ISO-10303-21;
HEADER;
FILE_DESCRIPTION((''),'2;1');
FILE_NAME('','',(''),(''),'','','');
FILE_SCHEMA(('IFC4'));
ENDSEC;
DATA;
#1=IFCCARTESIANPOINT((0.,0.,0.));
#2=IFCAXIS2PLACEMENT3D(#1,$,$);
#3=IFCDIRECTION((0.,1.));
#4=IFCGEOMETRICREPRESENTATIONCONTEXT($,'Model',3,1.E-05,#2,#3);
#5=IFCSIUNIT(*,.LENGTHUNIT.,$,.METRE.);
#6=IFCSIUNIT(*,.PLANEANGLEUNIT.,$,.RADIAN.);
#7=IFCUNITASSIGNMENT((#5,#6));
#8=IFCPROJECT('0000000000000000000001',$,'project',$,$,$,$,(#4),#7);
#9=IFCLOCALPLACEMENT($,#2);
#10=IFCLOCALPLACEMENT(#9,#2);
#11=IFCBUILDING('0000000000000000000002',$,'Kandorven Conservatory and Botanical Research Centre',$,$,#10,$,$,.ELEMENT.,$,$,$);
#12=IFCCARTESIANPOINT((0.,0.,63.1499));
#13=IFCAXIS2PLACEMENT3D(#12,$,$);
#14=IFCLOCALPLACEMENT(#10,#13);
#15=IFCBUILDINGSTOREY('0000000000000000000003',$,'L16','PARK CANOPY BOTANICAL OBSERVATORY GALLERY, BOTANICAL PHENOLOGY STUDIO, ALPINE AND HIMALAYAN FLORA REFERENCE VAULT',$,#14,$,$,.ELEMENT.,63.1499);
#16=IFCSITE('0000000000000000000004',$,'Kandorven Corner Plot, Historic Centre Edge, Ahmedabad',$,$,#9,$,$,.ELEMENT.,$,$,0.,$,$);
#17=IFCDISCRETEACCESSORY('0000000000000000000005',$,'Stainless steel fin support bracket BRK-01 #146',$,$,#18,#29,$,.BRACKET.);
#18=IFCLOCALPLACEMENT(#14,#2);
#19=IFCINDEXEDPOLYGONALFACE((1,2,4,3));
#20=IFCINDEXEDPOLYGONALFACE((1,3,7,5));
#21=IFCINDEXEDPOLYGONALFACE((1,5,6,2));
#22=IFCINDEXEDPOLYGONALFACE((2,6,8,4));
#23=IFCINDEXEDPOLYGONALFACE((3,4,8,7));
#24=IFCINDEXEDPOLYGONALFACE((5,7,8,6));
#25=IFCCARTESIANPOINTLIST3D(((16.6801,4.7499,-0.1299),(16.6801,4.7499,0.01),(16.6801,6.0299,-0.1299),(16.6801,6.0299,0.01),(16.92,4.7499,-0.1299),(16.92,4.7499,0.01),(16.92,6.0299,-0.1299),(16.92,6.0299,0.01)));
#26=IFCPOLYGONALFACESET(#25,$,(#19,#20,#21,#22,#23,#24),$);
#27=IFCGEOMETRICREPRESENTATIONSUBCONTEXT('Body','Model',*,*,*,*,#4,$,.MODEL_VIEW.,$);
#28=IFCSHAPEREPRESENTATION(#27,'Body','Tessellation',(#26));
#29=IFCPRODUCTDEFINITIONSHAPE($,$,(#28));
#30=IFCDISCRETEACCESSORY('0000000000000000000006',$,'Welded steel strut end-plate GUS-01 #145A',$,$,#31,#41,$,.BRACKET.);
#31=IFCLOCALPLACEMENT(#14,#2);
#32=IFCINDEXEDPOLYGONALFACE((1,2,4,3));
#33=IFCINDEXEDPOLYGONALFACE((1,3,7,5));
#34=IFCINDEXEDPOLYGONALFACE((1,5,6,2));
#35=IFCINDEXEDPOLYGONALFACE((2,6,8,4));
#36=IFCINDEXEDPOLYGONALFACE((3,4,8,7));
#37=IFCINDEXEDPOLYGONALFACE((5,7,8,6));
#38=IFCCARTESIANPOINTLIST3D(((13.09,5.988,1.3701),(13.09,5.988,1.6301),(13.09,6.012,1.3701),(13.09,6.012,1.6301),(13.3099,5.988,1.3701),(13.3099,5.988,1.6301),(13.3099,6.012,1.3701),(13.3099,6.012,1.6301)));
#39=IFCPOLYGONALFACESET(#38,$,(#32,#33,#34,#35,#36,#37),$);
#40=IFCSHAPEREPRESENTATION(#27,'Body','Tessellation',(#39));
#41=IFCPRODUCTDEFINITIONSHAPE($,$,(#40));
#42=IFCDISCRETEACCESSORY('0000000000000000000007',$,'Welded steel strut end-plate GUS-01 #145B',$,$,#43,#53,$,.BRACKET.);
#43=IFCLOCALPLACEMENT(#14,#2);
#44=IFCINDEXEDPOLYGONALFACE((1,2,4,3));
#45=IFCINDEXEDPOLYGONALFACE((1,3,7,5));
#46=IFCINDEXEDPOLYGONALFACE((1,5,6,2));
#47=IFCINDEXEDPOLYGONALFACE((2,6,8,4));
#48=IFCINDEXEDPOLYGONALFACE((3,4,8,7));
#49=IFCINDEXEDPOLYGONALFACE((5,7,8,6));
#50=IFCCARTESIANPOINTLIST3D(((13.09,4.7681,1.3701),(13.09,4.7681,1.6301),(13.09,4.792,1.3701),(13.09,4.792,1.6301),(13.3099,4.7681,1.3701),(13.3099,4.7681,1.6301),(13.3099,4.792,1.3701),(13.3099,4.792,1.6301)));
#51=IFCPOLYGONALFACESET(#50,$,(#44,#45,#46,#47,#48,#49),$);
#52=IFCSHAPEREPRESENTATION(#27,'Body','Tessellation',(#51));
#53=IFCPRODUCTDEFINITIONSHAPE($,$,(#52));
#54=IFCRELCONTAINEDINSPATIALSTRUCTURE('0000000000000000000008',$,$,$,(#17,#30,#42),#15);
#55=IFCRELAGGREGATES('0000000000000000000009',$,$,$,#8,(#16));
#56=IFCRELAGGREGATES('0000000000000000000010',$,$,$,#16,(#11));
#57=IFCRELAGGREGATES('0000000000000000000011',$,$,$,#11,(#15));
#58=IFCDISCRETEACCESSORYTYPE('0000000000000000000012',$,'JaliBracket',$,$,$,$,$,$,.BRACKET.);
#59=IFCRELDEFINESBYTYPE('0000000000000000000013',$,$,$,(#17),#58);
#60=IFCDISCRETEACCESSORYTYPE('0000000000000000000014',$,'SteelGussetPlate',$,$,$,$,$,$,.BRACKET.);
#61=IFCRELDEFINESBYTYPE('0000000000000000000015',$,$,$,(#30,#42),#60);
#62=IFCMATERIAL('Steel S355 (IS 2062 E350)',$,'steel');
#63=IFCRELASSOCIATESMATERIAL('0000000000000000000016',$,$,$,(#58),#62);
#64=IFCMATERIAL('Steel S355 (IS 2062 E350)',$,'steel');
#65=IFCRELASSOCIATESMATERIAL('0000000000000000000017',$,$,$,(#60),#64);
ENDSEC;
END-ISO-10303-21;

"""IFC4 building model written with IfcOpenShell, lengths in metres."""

from ifc_helpers import new_model, si_unit, direction, frame, origin, origin_2d, place, context, subcontext, project, spatial, rectangle, extrude, material, type_object, element, save


model = new_model("IFC4")

# Units and contexts
model_context = context("Model", 3, precision=1e-05, world=origin(), true_north=direction((0.0, 1.0)))
body_context = subcontext(model_context, "Body", "Model", "MODEL_VIEW")
ifc_project = project(units=[si_unit("LENGTHUNIT", "METRE"), si_unit("PLANEANGLEUNIT", "RADIAN")], contexts=[model_context])

# Site, building, storey
site_placement = place(None, origin())
site = spatial("IfcSite", under=ifc_project, at=site_placement, Name="Kandorven Corner Plot, Historic Centre Edge, Ahmedabad", CompositionType="ELEMENT", RefElevation=0.0)
building_placement = place(site_placement, origin())
building = spatial("IfcBuilding", under=site, at=building_placement, Name="Kandorven Conservatory and Botanical Research Centre", CompositionType="ELEMENT")
storey_placement = place(building_placement, frame((0.0, 0.0, 63.1499)))
storey = spatial("IfcBuildingStorey", under=building, at=storey_placement, Name="L16", Description="PARK CANOPY BOTANICAL OBSERVATORY GALLERY, BOTANICAL PHENOLOGY STUDIO, ALPINE AND HIMALAYAN FLORA REFERENCE VAULT", CompositionType="ELEMENT", Elevation=63.1499)

# Discrete accessories
ifc_material_1 = material(Name="Steel S355 (IS 2062 E350)", Category="steel")
discrete_accessory_type_1 = type_object("IfcDiscreteAccessoryType", Name="JaliBracket", PredefinedType="BRACKET", material=ifc_material_1)
discrete_accessory_placement = place(storey_placement, frame((16.8, 5.3899, -0.1299), z_axis=(0.0, 0.0, 1.0), x_axis=(1.0, 0.0, 0.0)))
element("IfcDiscreteAccessory", 1, at=discrete_accessory_placement, inside=storey, type_object=discrete_accessory_type_1, Name="Stainless steel fin support bracket BRK-01 #146", PredefinedType="BRACKET", context=body_context, shape_type="SweptSolid", body=[
    extrude(rectangle(XDim=0.24, YDim=1.28, at=origin_2d()), origin(), (0.0, 0.0, 1.0), 0.1399),
])
ifc_material_2 = material(Name="Steel S355 (IS 2062 E350)", Category="steel")
discrete_accessory_type_2 = type_object("IfcDiscreteAccessoryType", Name="SteelGussetPlate", PredefinedType="BRACKET", material=ifc_material_2)
for number, where, z_axis, x_axis, name in (
    (2, (13.2, 6.0, 1.3701), (0.0, 0.0, 1.0), (1.0, 0.0, 0.0), "Welded steel strut end-plate GUS-01 #145A"),
    (3, (13.2, 4.78, 1.3701), (0.0, 0.0, 1.0), (1.0, 0.0, 0.0), "Welded steel strut end-plate GUS-01 #145B"),
):
    element("IfcDiscreteAccessory", number, at=place(storey_placement, frame(where, z_axis=z_axis, x_axis=x_axis)), inside=storey, type_object=discrete_accessory_type_2, Name=name, PredefinedType="BRACKET", context=body_context, shape_type="SweptSolid", body=[
        extrude(rectangle(XDim=0.22, YDim=0.0239, at=origin_2d()), origin(), (0.0, 0.0, 1.0), 0.26),
    ])

save(model, "model.ifc")
